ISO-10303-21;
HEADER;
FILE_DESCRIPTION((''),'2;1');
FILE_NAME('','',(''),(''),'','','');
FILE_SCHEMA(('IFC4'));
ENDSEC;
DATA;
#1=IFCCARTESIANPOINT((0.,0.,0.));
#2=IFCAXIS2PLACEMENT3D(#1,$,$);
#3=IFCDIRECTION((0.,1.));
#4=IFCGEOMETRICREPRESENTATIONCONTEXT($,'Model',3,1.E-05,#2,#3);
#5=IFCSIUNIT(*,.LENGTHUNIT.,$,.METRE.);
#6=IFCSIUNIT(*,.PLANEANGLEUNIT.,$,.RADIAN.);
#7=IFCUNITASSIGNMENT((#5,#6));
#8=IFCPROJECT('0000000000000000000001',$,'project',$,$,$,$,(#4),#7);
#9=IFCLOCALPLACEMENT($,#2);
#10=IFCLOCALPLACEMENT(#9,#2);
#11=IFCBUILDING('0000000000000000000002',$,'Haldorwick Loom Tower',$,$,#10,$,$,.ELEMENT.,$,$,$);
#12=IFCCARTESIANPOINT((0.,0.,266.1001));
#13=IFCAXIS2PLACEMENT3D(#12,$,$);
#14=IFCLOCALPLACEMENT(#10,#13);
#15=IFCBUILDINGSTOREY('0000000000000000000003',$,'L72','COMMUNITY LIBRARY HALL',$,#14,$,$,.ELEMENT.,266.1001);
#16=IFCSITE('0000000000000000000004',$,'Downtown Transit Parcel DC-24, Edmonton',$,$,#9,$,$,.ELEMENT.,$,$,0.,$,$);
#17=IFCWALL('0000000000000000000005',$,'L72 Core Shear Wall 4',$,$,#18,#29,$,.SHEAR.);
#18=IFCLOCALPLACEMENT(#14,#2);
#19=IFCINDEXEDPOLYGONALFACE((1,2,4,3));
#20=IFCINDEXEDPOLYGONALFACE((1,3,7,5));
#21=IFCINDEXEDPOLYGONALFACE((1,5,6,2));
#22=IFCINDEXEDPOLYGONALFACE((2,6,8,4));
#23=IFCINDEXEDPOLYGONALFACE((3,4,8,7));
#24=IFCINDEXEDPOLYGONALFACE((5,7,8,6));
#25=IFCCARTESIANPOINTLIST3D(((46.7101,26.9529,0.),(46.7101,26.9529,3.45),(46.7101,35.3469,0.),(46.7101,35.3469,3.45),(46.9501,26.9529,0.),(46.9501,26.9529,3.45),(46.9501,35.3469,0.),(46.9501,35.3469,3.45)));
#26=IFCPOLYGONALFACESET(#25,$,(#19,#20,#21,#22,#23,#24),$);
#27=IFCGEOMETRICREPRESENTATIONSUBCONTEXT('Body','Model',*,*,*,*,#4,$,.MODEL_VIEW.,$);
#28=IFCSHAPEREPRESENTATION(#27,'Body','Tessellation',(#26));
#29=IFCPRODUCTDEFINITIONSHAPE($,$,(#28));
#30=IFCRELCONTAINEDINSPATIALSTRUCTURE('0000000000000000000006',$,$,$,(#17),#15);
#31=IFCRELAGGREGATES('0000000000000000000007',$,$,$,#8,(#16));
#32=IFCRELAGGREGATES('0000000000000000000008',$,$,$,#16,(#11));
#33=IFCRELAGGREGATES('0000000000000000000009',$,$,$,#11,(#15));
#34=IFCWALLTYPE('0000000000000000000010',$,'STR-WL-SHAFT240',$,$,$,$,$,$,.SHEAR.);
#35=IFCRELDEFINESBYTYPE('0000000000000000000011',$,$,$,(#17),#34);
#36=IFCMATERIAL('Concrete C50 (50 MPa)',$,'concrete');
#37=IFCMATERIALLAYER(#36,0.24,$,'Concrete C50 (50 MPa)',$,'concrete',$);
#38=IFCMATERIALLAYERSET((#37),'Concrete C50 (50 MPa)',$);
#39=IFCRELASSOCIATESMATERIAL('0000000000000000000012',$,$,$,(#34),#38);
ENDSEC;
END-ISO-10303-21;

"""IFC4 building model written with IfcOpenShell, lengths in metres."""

from ifc_helpers import new_model, si_unit, direction, frame, frame_2d, origin, place, context, subcontext, project, spatial, rectangle, extrude, material, layer, layer_set, type_object, element, save


model = new_model("IFC4")

# Units and contexts
model_context = context("Model", 3, precision=1e-05, world=origin(), true_north=direction((0.0, 1.0)))
body_context = subcontext(model_context, "Body", "Model", "MODEL_VIEW")
ifc_project = project(units=[si_unit("LENGTHUNIT", "METRE"), si_unit("PLANEANGLEUNIT", "RADIAN")], contexts=[model_context])

# Site, building, storey
site_placement = place(None, origin())
site = spatial("IfcSite", under=ifc_project, at=site_placement, Name="Downtown Transit Parcel DC-24, Edmonton", CompositionType="ELEMENT", RefElevation=0.0)
building_placement = place(site_placement, origin())
building = spatial("IfcBuilding", under=site, at=building_placement, Name="Haldorwick Loom Tower", CompositionType="ELEMENT")
storey_placement = place(building_placement, frame((0.0, 0.0, 266.1001)))
storey = spatial("IfcBuildingStorey", under=building, at=storey_placement, Name="L72", Description="COMMUNITY LIBRARY HALL", CompositionType="ELEMENT", Elevation=266.1001)

# Shared definitions
ifc_material_1 = material(Name="Concrete C50 (50 MPa)", Category="concrete")

# Wall
ifc_layer_1 = layer(ifc_material_1, 0.24, Name="Concrete C50 (50 MPa)", Category="concrete")
ifc_layer_set_1 = layer_set([ifc_layer_1], Name="Concrete C50 (50 MPa)")
wall_type_1 = type_object("IfcWallType", Name="STR-WL-SHAFT240", PredefinedType="SHEAR", material=ifc_layer_set_1)
for number, where, z_axis, x_axis, name in (
    (1, (46.8301, 26.9529, 0.0), (0.0, 0.0, 1.0), (0.0, 1.0, 0.0), "L72 Core Shear Wall 4"),
):
    element("IfcWall", number, at=place(storey_placement, frame(where, z_axis=z_axis, x_axis=x_axis)), inside=storey, type_object=wall_type_1, Name=name, PredefinedType="SHEAR", context=body_context, shape_type="SweptSolid", body=[
        extrude(rectangle(XDim=8.394, YDim=0.24, at=frame_2d((4.197, 0.0))), origin(), (0.0, 0.0, 1.0), 3.45),
    ])

save(model, "model.ifc")
